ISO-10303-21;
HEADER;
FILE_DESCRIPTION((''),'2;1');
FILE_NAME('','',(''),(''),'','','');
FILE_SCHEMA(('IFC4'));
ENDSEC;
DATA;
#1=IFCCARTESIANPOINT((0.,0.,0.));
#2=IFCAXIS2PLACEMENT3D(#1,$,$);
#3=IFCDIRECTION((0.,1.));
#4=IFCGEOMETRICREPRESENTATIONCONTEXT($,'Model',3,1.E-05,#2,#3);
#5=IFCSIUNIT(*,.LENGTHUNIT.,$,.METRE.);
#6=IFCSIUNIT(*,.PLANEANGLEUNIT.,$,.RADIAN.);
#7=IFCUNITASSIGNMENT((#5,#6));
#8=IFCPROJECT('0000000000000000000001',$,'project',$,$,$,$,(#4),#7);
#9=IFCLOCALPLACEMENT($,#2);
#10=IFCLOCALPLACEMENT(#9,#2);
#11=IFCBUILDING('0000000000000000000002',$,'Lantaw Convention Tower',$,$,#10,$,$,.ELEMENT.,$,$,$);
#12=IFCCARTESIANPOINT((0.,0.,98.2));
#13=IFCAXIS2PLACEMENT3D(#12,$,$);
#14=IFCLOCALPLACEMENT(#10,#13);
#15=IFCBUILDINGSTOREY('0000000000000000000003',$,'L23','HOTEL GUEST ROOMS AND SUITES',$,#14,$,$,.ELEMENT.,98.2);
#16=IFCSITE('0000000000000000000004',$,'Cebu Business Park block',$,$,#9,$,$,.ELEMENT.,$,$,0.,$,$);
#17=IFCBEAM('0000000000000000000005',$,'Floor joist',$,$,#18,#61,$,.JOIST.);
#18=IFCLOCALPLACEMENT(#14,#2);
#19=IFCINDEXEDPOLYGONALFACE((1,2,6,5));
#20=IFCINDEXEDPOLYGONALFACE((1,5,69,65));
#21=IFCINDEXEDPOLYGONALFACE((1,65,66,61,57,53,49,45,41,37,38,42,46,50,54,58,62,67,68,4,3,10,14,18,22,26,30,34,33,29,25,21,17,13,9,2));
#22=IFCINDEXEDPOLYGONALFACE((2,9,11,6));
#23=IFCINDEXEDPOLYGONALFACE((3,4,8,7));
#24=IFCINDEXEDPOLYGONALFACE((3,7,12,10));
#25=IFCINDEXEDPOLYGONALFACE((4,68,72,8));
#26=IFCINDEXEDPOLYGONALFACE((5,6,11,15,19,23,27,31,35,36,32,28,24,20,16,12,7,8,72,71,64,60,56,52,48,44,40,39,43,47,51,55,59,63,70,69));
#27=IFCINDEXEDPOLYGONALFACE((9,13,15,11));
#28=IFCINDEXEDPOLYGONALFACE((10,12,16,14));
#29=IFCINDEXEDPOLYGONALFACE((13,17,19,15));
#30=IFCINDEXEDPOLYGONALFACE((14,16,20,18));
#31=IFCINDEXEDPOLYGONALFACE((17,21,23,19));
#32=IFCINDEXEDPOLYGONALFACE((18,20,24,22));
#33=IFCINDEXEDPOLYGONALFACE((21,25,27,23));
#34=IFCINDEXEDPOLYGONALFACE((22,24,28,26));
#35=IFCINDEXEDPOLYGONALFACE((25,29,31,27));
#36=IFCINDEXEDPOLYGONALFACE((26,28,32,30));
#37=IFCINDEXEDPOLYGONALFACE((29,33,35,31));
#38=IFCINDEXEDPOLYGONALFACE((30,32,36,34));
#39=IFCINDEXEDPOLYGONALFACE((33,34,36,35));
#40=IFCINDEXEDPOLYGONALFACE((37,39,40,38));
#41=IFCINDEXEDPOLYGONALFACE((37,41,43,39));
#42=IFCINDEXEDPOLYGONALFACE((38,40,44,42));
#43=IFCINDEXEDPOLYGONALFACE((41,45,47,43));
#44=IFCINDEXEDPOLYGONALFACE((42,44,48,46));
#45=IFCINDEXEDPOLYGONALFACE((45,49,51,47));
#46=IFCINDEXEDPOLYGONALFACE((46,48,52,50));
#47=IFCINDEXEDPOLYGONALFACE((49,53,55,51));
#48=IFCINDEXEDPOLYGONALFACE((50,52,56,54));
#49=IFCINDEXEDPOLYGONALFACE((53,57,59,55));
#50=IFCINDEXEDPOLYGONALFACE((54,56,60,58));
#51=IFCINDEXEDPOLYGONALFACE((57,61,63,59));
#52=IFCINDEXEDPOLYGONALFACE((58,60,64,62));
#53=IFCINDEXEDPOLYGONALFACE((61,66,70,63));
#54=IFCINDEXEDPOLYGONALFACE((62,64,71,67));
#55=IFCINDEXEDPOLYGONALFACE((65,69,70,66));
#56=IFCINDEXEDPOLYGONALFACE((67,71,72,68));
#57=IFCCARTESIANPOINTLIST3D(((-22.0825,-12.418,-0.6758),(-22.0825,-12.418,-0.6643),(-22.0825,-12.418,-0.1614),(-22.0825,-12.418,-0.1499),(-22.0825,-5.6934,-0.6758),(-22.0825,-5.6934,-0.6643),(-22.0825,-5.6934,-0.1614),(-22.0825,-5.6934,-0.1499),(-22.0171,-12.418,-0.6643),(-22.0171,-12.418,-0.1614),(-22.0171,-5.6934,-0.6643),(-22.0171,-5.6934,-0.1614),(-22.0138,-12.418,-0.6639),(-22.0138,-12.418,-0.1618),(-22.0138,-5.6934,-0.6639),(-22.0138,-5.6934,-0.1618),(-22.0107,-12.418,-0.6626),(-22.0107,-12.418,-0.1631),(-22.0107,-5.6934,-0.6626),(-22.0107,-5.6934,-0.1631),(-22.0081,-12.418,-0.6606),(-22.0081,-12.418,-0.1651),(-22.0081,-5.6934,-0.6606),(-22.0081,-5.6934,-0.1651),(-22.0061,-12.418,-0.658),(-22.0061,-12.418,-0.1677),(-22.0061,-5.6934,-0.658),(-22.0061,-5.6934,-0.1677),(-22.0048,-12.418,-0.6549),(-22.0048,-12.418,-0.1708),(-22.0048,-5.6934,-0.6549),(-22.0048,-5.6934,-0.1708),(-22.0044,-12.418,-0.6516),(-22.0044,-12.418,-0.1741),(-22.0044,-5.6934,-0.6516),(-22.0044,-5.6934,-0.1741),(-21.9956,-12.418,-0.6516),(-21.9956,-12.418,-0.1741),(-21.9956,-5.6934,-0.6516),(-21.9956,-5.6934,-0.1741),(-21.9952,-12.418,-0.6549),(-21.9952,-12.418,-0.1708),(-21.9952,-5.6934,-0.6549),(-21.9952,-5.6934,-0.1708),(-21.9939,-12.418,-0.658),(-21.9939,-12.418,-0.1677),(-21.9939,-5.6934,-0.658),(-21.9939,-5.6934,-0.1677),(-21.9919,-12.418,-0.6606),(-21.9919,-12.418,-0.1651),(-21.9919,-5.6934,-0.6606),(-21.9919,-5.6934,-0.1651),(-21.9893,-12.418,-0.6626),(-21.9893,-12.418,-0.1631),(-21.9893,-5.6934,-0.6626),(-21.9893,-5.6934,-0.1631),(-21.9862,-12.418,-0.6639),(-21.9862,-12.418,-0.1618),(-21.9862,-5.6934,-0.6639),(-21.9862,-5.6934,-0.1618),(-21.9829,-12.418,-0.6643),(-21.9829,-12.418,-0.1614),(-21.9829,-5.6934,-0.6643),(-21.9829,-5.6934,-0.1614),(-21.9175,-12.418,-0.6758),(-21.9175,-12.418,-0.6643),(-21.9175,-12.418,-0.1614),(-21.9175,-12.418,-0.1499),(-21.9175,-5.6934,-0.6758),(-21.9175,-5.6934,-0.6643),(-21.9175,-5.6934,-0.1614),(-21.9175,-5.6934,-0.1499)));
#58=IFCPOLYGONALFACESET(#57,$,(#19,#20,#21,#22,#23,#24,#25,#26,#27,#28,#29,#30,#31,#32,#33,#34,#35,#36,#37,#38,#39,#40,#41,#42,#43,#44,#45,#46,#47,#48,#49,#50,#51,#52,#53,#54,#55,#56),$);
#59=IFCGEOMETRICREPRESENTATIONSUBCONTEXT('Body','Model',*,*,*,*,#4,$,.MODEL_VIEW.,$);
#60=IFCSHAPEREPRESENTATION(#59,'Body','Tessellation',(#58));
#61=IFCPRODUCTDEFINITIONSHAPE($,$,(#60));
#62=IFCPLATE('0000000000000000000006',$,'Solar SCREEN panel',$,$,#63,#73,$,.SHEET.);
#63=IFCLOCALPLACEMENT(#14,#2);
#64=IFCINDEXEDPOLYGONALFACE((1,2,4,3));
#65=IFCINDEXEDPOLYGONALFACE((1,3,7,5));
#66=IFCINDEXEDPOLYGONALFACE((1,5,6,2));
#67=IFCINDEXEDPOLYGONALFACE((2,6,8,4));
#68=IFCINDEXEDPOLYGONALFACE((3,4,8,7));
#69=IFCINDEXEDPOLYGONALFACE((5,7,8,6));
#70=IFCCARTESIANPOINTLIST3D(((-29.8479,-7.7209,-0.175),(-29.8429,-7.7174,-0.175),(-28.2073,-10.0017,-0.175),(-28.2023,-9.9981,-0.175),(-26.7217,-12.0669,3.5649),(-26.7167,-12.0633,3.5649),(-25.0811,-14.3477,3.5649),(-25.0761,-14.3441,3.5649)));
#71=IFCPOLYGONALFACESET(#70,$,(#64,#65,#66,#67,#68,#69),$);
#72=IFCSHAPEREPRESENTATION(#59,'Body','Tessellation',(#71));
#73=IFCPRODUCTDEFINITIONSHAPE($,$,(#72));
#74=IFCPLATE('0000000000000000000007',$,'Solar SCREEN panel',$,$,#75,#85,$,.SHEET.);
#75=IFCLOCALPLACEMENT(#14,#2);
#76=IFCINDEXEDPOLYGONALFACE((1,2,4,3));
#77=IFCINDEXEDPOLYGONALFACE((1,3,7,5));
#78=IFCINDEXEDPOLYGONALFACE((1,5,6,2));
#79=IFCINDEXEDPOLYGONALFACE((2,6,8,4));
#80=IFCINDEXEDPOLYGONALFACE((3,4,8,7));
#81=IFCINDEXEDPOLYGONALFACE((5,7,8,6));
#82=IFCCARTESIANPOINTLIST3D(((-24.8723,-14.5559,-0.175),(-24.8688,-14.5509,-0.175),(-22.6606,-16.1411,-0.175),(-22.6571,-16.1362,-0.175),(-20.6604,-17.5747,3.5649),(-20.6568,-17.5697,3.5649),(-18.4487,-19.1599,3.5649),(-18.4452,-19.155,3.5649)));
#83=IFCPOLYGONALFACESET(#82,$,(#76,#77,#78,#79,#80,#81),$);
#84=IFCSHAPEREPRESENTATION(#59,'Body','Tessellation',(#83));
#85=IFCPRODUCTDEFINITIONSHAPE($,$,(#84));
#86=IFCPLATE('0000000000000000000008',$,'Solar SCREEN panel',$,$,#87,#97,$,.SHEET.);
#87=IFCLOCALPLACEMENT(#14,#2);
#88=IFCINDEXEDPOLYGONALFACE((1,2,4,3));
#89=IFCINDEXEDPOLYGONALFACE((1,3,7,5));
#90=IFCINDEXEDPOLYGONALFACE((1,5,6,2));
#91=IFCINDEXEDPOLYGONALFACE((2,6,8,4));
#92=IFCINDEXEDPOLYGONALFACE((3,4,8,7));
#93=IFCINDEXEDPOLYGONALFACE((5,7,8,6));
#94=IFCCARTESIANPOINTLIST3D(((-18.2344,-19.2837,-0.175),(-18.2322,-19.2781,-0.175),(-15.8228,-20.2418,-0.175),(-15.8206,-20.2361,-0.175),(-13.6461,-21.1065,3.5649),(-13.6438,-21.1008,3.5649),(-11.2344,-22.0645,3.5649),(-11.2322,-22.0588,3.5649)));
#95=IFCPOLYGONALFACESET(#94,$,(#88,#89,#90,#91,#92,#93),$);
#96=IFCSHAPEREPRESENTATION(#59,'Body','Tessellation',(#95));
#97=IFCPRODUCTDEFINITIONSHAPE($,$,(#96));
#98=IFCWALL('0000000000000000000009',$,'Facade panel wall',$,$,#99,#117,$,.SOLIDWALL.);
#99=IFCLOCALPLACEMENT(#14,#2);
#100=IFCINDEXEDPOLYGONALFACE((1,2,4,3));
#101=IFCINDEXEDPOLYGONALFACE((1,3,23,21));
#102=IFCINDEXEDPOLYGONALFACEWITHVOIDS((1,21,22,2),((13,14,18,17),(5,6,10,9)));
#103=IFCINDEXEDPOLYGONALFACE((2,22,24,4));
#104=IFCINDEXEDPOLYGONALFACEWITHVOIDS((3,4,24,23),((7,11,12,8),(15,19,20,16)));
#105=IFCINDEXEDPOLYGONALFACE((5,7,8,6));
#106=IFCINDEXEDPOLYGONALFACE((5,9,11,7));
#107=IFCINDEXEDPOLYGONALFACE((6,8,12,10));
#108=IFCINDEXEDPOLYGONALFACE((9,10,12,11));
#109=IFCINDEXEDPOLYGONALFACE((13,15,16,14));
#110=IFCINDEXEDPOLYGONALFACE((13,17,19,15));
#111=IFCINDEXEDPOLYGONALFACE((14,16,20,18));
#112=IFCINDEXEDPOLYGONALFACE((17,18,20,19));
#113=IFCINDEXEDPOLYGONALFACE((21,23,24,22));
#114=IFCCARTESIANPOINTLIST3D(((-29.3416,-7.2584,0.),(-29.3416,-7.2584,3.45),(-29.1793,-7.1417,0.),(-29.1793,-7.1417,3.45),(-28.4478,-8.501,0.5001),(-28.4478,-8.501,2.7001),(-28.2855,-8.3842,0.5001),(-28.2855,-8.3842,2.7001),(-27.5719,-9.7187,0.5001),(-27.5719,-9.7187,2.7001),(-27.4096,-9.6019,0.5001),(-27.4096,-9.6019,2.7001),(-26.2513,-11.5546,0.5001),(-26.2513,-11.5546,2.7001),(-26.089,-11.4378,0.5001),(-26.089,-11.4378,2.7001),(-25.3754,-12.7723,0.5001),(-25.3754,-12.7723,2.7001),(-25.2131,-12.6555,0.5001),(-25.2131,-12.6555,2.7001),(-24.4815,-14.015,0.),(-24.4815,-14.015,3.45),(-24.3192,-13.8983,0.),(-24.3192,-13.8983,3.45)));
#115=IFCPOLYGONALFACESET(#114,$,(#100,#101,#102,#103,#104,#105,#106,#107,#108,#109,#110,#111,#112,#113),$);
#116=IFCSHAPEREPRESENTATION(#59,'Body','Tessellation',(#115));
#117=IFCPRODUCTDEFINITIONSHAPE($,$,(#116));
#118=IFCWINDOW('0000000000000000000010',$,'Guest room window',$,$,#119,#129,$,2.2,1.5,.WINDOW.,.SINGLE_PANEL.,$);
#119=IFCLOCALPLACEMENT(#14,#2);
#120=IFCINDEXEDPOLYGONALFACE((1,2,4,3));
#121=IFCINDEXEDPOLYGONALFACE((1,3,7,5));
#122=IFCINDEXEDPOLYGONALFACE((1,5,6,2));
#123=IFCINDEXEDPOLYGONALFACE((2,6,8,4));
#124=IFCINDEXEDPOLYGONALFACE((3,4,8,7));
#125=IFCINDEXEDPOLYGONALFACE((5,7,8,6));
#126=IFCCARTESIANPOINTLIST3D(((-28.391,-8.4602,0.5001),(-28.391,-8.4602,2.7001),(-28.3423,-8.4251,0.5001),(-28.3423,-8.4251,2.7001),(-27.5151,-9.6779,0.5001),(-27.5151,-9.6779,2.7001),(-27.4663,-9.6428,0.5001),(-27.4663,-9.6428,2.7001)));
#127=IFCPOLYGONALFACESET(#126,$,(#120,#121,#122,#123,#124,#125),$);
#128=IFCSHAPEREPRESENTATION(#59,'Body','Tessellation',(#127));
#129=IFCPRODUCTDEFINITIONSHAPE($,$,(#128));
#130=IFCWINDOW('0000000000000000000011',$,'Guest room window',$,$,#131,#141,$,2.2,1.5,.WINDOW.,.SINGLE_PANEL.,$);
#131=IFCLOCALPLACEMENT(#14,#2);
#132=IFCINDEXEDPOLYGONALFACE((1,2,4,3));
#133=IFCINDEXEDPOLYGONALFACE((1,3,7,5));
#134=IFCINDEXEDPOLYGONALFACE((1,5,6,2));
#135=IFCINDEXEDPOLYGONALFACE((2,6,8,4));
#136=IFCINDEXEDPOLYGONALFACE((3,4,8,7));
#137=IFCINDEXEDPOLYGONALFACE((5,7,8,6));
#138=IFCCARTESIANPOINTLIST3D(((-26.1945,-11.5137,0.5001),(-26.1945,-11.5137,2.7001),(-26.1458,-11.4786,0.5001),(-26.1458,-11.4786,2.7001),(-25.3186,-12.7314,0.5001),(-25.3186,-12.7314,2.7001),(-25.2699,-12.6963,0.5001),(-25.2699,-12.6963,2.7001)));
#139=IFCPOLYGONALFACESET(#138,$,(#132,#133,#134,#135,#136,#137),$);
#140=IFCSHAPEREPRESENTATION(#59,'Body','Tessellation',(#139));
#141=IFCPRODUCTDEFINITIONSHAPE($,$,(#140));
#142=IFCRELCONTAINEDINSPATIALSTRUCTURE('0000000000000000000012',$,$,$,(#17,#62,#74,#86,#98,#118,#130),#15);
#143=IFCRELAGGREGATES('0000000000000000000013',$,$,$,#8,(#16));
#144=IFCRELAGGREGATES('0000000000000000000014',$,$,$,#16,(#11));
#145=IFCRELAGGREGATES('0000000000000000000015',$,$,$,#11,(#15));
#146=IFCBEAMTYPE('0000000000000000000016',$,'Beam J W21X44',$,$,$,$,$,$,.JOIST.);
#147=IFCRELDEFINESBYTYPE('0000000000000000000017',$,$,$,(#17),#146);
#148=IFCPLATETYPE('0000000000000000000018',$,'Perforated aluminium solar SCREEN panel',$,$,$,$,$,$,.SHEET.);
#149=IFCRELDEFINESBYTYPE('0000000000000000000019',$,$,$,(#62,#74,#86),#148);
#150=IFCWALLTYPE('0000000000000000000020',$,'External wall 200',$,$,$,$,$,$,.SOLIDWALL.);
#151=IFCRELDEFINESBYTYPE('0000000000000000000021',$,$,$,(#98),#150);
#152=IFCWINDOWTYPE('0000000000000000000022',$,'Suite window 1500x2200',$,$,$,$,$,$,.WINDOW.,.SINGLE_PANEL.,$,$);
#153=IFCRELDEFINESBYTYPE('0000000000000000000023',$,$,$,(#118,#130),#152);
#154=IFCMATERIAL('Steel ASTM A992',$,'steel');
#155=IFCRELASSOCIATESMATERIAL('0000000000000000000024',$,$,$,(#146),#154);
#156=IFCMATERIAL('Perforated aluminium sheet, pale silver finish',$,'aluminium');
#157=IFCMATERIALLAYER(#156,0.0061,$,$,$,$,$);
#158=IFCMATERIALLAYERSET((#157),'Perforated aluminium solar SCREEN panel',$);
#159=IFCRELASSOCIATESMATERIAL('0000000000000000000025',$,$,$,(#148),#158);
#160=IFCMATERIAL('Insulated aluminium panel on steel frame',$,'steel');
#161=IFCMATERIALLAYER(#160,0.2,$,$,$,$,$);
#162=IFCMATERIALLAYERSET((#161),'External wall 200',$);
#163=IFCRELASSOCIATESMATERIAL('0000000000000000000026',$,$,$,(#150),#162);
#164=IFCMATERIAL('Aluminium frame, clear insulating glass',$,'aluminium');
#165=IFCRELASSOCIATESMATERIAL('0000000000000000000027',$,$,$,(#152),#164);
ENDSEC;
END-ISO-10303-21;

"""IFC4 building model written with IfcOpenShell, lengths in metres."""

from ifc_helpers import new_model, si_unit, direction, frame, frame_2d, origin, origin_2d, place, context, subcontext, project, spatial, polyline, rectangle, i_section, outline, extrude, material, layer, layer_set, material_profile, profile_set, type_object, element, fill, save


model = new_model("IFC4")

# Units and contexts
model_context = context("Model", 3, precision=1e-05, world=origin(), true_north=direction((0.0, 1.0)))
body_context = subcontext(model_context, "Body", "Model", "MODEL_VIEW")
ifc_project = project(units=[si_unit("LENGTHUNIT", "METRE"), si_unit("PLANEANGLEUNIT", "RADIAN")], contexts=[model_context])

# Site, building, storey
site_placement = place(None, origin())
site = spatial("IfcSite", under=ifc_project, at=site_placement, Name="Cebu Business Park block", CompositionType="ELEMENT", RefElevation=0.0)
building_placement = place(site_placement, origin())
building = spatial("IfcBuilding", under=site, at=building_placement, Name="Lantaw Convention Tower", CompositionType="ELEMENT")
storey_placement = place(building_placement, frame((0.0, 0.0, 98.2)))
storey = spatial("IfcBuildingStorey", under=building, at=storey_placement, Name="L23", Description="HOTEL GUEST ROOMS AND SUITES", CompositionType="ELEMENT", Elevation=98.2)

# Beam
ifc_material_1 = material(Name="Steel ASTM A992", Category="steel")
ifc_material_profile_1 = material_profile(ifc_material_1, i_section(OverallWidth=0.165, OverallDepth=0.5259, WebThickness=0.0088, FlangeThickness=0.0115, FilletRadius=0.0127, at=origin_2d()), Name="W21X44")
ifc_profile_set_1 = profile_set([ifc_material_profile_1], Name="Steel ASTM A992")
beam_type_1 = type_object("IfcBeamType", Name="Beam J W21X44", PredefinedType="JOIST", material=ifc_profile_set_1)
beam_1_placement = place(storey_placement, frame((-22.0, -12.418, -0.4128), z_axis=(0.0, 1.0, 0.0), x_axis=(-1.0, 0.0, 0.0)))
element("IfcBeam", 1, at=beam_1_placement, inside=storey, type_object=beam_type_1, Name="Floor joist", PredefinedType="JOIST", context=body_context, shape_type="SweptSolid", body=[
    extrude(i_section(OverallWidth=0.165, OverallDepth=0.5259, WebThickness=0.0088, FlangeThickness=0.0115, FilletRadius=0.0127, at=origin_2d()), origin(), (0.0, 0.0, 1.0), 6.7246),
])

# Plates
ifc_material_2 = material(Name="Perforated aluminium sheet, pale silver finish", Category="aluminium")
ifc_layer_1 = layer(ifc_material_2, 0.0061)
ifc_layer_set_1 = layer_set([ifc_layer_1], Name="Perforated aluminium solar SCREEN panel")
plate_type = type_object("IfcPlateType", Name="Perforated aluminium solar SCREEN panel", PredefinedType="SHEET", material=ifc_layer_set_1)
plate_1_placement = place(storey_placement, frame((-29.8479, -7.7209, -0.175), z_axis=(-0.811791, -0.583948, 0.000009), x_axis=(0.583948, -0.811791, 0.0)))
element("IfcPlate", 2, at=plate_1_placement, inside=storey, type_object=plate_type, Name="Solar SCREEN panel", PredefinedType="SHEET", context=body_context, shape_type="SweptSolid", body=[
    extrude(outline(polyline([(0.0, 0.0), (2.8095, 0.0), (8.1631, 3.74), (5.3536, 3.74), (0.0, 0.0)])), origin(), (0.0, 0.0, -1.0), 0.0061),
])
plate_2_placement = place(storey_placement, frame((-24.8723, -14.5559, -0.175), z_axis=(-0.582561, -0.812787, 0.000016), x_axis=(0.812787, -0.582561, 0.0)))
element("IfcPlate", 3, at=plate_2_placement, inside=storey, type_object=plate_type, Name="Solar SCREEN panel", PredefinedType="SHEET", context=body_context, shape_type="SweptSolid", body=[
    extrude(outline(polyline([(0.0, 0.0), (2.7211, 0.0), (7.9031, 3.74), (5.182, 3.74), (0.0, 0.0)])), origin(), (0.0, 0.0, -1.0), 0.0061),
])
plate_3_placement = place(storey_placement, frame((-18.2322, -19.2781, -0.175), z_axis=(0.369184, 0.929357, 0.000009), x_axis=(0.929357, -0.369184, 0.0)))
element("IfcPlate", 4, at=plate_3_placement, inside=storey, type_object=plate_type, Name="Solar SCREEN panel", PredefinedType="SHEET", context=body_context, shape_type="SweptSolid", body=[
    extrude(outline(polyline([(0.0, 0.0), (2.5949, 0.0), (7.5321, -3.74), (4.9372, -3.74), (0.0, 0.0)])), origin(), (0.0, 0.0, -1.0), 0.0061),
])

# Wall, openings, windows
ifc_material_3 = material(Name="Insulated aluminium panel on steel frame", Category="steel")
ifc_layer_2 = layer(ifc_material_3, 0.2)
ifc_layer_set_2 = layer_set([ifc_layer_2], Name="External wall 200")
wall_type_1 = type_object("IfcWallType", Name="External wall 200", PredefinedType="SOLIDWALL", material=ifc_layer_set_2)
wall_1_placement = place(storey_placement, frame((-29.2605, -7.2, 0.0), z_axis=(0.0, 0.0, 1.0), x_axis=(0.583938, -0.811799, 0.0)))
wall_1 = element("IfcWall", 5, at=wall_1_placement, inside=storey, type_object=wall_type_1, Name="Facade panel wall", PredefinedType="SOLIDWALL", context=body_context, shape_type="SweptSolid", body=[
    extrude(rectangle(XDim=8.323, YDim=0.2, at=frame_2d((4.1616, 0.0))), origin(), (0.0, 0.0, 1.0), 3.45),
])
opening_1_placement = place(wall_1_placement, frame((1.5308, 0.0, 0.5)))
opening_1 = element("IfcOpeningElement", 6, at=opening_1_placement, cuts=wall_1, PredefinedType="OPENING", context=body_context, shape_type="SweptSolid", body=[
    extrude(rectangle(XDim=1.5, YDim=2.2, at=frame_2d((0.75, 1.1001))), frame((0.0, 0.1099, 0.0), z_axis=(0.0, -1.0, 0.0), x_axis=(1.0, 0.0, 0.0)), (0.0, 0.0, 1.0), 0.22),
])
opening_2_placement = place(wall_1_placement, frame((5.2922, 0.0, 0.5)))
opening_2 = element("IfcOpeningElement", 7, at=opening_2_placement, cuts=wall_1, PredefinedType="OPENING", context=body_context, shape_type="SweptSolid", body=[
    extrude(rectangle(XDim=1.5, YDim=2.2, at=frame_2d((0.75, 1.1001))), frame((0.0, 0.1099, 0.0), z_axis=(0.0, -1.0, 0.0), x_axis=(1.0, 0.0, 0.0)), (0.0, 0.0, 1.0), 0.22),
])
ifc_material_4 = material(Name="Aluminium frame, clear insulating glass", Category="aluminium")
window_type = type_object("IfcWindowType", Name="Suite window 1500x2200", PartitioningType="SINGLE_PANEL", PredefinedType="WINDOW", material=ifc_material_4)
window_1_placement = place(opening_1_placement, origin())
window_1 = element("IfcWindow", 8, at=window_1_placement, inside=storey, type_object=window_type, Name="Guest room window", OverallHeight=2.2, OverallWidth=1.5, PartitioningType="SINGLE_PANEL", PredefinedType="WINDOW", context=body_context, shape_type="SweptSolid", body=[
    extrude(rectangle(XDim=1.5, YDim=2.2, at=frame_2d((0.75, 1.1001))), frame((0.0, 0.03, 0.0), z_axis=(0.0, -1.0, 0.0), x_axis=(1.0, 0.0, 0.0)), (0.0, 0.0, 1.0), 0.0601),
])
fill(opening_1, window_1)
window_2_placement = place(opening_2_placement, origin())
window_2 = element("IfcWindow", 9, at=window_2_placement, inside=storey, type_object=window_type, Name="Guest room window", OverallHeight=2.2, OverallWidth=1.5, PartitioningType="SINGLE_PANEL", PredefinedType="WINDOW", context=body_context, shape_type="SweptSolid", body=[
    extrude(rectangle(XDim=1.5, YDim=2.2, at=frame_2d((0.75, 1.1001))), frame((0.0, 0.03, 0.0), z_axis=(0.0, -1.0, 0.0), x_axis=(1.0, 0.0, 0.0)), (0.0, 0.0, 1.0), 0.0601),
])
fill(opening_2, window_2)

save(model, "model.ifc")
